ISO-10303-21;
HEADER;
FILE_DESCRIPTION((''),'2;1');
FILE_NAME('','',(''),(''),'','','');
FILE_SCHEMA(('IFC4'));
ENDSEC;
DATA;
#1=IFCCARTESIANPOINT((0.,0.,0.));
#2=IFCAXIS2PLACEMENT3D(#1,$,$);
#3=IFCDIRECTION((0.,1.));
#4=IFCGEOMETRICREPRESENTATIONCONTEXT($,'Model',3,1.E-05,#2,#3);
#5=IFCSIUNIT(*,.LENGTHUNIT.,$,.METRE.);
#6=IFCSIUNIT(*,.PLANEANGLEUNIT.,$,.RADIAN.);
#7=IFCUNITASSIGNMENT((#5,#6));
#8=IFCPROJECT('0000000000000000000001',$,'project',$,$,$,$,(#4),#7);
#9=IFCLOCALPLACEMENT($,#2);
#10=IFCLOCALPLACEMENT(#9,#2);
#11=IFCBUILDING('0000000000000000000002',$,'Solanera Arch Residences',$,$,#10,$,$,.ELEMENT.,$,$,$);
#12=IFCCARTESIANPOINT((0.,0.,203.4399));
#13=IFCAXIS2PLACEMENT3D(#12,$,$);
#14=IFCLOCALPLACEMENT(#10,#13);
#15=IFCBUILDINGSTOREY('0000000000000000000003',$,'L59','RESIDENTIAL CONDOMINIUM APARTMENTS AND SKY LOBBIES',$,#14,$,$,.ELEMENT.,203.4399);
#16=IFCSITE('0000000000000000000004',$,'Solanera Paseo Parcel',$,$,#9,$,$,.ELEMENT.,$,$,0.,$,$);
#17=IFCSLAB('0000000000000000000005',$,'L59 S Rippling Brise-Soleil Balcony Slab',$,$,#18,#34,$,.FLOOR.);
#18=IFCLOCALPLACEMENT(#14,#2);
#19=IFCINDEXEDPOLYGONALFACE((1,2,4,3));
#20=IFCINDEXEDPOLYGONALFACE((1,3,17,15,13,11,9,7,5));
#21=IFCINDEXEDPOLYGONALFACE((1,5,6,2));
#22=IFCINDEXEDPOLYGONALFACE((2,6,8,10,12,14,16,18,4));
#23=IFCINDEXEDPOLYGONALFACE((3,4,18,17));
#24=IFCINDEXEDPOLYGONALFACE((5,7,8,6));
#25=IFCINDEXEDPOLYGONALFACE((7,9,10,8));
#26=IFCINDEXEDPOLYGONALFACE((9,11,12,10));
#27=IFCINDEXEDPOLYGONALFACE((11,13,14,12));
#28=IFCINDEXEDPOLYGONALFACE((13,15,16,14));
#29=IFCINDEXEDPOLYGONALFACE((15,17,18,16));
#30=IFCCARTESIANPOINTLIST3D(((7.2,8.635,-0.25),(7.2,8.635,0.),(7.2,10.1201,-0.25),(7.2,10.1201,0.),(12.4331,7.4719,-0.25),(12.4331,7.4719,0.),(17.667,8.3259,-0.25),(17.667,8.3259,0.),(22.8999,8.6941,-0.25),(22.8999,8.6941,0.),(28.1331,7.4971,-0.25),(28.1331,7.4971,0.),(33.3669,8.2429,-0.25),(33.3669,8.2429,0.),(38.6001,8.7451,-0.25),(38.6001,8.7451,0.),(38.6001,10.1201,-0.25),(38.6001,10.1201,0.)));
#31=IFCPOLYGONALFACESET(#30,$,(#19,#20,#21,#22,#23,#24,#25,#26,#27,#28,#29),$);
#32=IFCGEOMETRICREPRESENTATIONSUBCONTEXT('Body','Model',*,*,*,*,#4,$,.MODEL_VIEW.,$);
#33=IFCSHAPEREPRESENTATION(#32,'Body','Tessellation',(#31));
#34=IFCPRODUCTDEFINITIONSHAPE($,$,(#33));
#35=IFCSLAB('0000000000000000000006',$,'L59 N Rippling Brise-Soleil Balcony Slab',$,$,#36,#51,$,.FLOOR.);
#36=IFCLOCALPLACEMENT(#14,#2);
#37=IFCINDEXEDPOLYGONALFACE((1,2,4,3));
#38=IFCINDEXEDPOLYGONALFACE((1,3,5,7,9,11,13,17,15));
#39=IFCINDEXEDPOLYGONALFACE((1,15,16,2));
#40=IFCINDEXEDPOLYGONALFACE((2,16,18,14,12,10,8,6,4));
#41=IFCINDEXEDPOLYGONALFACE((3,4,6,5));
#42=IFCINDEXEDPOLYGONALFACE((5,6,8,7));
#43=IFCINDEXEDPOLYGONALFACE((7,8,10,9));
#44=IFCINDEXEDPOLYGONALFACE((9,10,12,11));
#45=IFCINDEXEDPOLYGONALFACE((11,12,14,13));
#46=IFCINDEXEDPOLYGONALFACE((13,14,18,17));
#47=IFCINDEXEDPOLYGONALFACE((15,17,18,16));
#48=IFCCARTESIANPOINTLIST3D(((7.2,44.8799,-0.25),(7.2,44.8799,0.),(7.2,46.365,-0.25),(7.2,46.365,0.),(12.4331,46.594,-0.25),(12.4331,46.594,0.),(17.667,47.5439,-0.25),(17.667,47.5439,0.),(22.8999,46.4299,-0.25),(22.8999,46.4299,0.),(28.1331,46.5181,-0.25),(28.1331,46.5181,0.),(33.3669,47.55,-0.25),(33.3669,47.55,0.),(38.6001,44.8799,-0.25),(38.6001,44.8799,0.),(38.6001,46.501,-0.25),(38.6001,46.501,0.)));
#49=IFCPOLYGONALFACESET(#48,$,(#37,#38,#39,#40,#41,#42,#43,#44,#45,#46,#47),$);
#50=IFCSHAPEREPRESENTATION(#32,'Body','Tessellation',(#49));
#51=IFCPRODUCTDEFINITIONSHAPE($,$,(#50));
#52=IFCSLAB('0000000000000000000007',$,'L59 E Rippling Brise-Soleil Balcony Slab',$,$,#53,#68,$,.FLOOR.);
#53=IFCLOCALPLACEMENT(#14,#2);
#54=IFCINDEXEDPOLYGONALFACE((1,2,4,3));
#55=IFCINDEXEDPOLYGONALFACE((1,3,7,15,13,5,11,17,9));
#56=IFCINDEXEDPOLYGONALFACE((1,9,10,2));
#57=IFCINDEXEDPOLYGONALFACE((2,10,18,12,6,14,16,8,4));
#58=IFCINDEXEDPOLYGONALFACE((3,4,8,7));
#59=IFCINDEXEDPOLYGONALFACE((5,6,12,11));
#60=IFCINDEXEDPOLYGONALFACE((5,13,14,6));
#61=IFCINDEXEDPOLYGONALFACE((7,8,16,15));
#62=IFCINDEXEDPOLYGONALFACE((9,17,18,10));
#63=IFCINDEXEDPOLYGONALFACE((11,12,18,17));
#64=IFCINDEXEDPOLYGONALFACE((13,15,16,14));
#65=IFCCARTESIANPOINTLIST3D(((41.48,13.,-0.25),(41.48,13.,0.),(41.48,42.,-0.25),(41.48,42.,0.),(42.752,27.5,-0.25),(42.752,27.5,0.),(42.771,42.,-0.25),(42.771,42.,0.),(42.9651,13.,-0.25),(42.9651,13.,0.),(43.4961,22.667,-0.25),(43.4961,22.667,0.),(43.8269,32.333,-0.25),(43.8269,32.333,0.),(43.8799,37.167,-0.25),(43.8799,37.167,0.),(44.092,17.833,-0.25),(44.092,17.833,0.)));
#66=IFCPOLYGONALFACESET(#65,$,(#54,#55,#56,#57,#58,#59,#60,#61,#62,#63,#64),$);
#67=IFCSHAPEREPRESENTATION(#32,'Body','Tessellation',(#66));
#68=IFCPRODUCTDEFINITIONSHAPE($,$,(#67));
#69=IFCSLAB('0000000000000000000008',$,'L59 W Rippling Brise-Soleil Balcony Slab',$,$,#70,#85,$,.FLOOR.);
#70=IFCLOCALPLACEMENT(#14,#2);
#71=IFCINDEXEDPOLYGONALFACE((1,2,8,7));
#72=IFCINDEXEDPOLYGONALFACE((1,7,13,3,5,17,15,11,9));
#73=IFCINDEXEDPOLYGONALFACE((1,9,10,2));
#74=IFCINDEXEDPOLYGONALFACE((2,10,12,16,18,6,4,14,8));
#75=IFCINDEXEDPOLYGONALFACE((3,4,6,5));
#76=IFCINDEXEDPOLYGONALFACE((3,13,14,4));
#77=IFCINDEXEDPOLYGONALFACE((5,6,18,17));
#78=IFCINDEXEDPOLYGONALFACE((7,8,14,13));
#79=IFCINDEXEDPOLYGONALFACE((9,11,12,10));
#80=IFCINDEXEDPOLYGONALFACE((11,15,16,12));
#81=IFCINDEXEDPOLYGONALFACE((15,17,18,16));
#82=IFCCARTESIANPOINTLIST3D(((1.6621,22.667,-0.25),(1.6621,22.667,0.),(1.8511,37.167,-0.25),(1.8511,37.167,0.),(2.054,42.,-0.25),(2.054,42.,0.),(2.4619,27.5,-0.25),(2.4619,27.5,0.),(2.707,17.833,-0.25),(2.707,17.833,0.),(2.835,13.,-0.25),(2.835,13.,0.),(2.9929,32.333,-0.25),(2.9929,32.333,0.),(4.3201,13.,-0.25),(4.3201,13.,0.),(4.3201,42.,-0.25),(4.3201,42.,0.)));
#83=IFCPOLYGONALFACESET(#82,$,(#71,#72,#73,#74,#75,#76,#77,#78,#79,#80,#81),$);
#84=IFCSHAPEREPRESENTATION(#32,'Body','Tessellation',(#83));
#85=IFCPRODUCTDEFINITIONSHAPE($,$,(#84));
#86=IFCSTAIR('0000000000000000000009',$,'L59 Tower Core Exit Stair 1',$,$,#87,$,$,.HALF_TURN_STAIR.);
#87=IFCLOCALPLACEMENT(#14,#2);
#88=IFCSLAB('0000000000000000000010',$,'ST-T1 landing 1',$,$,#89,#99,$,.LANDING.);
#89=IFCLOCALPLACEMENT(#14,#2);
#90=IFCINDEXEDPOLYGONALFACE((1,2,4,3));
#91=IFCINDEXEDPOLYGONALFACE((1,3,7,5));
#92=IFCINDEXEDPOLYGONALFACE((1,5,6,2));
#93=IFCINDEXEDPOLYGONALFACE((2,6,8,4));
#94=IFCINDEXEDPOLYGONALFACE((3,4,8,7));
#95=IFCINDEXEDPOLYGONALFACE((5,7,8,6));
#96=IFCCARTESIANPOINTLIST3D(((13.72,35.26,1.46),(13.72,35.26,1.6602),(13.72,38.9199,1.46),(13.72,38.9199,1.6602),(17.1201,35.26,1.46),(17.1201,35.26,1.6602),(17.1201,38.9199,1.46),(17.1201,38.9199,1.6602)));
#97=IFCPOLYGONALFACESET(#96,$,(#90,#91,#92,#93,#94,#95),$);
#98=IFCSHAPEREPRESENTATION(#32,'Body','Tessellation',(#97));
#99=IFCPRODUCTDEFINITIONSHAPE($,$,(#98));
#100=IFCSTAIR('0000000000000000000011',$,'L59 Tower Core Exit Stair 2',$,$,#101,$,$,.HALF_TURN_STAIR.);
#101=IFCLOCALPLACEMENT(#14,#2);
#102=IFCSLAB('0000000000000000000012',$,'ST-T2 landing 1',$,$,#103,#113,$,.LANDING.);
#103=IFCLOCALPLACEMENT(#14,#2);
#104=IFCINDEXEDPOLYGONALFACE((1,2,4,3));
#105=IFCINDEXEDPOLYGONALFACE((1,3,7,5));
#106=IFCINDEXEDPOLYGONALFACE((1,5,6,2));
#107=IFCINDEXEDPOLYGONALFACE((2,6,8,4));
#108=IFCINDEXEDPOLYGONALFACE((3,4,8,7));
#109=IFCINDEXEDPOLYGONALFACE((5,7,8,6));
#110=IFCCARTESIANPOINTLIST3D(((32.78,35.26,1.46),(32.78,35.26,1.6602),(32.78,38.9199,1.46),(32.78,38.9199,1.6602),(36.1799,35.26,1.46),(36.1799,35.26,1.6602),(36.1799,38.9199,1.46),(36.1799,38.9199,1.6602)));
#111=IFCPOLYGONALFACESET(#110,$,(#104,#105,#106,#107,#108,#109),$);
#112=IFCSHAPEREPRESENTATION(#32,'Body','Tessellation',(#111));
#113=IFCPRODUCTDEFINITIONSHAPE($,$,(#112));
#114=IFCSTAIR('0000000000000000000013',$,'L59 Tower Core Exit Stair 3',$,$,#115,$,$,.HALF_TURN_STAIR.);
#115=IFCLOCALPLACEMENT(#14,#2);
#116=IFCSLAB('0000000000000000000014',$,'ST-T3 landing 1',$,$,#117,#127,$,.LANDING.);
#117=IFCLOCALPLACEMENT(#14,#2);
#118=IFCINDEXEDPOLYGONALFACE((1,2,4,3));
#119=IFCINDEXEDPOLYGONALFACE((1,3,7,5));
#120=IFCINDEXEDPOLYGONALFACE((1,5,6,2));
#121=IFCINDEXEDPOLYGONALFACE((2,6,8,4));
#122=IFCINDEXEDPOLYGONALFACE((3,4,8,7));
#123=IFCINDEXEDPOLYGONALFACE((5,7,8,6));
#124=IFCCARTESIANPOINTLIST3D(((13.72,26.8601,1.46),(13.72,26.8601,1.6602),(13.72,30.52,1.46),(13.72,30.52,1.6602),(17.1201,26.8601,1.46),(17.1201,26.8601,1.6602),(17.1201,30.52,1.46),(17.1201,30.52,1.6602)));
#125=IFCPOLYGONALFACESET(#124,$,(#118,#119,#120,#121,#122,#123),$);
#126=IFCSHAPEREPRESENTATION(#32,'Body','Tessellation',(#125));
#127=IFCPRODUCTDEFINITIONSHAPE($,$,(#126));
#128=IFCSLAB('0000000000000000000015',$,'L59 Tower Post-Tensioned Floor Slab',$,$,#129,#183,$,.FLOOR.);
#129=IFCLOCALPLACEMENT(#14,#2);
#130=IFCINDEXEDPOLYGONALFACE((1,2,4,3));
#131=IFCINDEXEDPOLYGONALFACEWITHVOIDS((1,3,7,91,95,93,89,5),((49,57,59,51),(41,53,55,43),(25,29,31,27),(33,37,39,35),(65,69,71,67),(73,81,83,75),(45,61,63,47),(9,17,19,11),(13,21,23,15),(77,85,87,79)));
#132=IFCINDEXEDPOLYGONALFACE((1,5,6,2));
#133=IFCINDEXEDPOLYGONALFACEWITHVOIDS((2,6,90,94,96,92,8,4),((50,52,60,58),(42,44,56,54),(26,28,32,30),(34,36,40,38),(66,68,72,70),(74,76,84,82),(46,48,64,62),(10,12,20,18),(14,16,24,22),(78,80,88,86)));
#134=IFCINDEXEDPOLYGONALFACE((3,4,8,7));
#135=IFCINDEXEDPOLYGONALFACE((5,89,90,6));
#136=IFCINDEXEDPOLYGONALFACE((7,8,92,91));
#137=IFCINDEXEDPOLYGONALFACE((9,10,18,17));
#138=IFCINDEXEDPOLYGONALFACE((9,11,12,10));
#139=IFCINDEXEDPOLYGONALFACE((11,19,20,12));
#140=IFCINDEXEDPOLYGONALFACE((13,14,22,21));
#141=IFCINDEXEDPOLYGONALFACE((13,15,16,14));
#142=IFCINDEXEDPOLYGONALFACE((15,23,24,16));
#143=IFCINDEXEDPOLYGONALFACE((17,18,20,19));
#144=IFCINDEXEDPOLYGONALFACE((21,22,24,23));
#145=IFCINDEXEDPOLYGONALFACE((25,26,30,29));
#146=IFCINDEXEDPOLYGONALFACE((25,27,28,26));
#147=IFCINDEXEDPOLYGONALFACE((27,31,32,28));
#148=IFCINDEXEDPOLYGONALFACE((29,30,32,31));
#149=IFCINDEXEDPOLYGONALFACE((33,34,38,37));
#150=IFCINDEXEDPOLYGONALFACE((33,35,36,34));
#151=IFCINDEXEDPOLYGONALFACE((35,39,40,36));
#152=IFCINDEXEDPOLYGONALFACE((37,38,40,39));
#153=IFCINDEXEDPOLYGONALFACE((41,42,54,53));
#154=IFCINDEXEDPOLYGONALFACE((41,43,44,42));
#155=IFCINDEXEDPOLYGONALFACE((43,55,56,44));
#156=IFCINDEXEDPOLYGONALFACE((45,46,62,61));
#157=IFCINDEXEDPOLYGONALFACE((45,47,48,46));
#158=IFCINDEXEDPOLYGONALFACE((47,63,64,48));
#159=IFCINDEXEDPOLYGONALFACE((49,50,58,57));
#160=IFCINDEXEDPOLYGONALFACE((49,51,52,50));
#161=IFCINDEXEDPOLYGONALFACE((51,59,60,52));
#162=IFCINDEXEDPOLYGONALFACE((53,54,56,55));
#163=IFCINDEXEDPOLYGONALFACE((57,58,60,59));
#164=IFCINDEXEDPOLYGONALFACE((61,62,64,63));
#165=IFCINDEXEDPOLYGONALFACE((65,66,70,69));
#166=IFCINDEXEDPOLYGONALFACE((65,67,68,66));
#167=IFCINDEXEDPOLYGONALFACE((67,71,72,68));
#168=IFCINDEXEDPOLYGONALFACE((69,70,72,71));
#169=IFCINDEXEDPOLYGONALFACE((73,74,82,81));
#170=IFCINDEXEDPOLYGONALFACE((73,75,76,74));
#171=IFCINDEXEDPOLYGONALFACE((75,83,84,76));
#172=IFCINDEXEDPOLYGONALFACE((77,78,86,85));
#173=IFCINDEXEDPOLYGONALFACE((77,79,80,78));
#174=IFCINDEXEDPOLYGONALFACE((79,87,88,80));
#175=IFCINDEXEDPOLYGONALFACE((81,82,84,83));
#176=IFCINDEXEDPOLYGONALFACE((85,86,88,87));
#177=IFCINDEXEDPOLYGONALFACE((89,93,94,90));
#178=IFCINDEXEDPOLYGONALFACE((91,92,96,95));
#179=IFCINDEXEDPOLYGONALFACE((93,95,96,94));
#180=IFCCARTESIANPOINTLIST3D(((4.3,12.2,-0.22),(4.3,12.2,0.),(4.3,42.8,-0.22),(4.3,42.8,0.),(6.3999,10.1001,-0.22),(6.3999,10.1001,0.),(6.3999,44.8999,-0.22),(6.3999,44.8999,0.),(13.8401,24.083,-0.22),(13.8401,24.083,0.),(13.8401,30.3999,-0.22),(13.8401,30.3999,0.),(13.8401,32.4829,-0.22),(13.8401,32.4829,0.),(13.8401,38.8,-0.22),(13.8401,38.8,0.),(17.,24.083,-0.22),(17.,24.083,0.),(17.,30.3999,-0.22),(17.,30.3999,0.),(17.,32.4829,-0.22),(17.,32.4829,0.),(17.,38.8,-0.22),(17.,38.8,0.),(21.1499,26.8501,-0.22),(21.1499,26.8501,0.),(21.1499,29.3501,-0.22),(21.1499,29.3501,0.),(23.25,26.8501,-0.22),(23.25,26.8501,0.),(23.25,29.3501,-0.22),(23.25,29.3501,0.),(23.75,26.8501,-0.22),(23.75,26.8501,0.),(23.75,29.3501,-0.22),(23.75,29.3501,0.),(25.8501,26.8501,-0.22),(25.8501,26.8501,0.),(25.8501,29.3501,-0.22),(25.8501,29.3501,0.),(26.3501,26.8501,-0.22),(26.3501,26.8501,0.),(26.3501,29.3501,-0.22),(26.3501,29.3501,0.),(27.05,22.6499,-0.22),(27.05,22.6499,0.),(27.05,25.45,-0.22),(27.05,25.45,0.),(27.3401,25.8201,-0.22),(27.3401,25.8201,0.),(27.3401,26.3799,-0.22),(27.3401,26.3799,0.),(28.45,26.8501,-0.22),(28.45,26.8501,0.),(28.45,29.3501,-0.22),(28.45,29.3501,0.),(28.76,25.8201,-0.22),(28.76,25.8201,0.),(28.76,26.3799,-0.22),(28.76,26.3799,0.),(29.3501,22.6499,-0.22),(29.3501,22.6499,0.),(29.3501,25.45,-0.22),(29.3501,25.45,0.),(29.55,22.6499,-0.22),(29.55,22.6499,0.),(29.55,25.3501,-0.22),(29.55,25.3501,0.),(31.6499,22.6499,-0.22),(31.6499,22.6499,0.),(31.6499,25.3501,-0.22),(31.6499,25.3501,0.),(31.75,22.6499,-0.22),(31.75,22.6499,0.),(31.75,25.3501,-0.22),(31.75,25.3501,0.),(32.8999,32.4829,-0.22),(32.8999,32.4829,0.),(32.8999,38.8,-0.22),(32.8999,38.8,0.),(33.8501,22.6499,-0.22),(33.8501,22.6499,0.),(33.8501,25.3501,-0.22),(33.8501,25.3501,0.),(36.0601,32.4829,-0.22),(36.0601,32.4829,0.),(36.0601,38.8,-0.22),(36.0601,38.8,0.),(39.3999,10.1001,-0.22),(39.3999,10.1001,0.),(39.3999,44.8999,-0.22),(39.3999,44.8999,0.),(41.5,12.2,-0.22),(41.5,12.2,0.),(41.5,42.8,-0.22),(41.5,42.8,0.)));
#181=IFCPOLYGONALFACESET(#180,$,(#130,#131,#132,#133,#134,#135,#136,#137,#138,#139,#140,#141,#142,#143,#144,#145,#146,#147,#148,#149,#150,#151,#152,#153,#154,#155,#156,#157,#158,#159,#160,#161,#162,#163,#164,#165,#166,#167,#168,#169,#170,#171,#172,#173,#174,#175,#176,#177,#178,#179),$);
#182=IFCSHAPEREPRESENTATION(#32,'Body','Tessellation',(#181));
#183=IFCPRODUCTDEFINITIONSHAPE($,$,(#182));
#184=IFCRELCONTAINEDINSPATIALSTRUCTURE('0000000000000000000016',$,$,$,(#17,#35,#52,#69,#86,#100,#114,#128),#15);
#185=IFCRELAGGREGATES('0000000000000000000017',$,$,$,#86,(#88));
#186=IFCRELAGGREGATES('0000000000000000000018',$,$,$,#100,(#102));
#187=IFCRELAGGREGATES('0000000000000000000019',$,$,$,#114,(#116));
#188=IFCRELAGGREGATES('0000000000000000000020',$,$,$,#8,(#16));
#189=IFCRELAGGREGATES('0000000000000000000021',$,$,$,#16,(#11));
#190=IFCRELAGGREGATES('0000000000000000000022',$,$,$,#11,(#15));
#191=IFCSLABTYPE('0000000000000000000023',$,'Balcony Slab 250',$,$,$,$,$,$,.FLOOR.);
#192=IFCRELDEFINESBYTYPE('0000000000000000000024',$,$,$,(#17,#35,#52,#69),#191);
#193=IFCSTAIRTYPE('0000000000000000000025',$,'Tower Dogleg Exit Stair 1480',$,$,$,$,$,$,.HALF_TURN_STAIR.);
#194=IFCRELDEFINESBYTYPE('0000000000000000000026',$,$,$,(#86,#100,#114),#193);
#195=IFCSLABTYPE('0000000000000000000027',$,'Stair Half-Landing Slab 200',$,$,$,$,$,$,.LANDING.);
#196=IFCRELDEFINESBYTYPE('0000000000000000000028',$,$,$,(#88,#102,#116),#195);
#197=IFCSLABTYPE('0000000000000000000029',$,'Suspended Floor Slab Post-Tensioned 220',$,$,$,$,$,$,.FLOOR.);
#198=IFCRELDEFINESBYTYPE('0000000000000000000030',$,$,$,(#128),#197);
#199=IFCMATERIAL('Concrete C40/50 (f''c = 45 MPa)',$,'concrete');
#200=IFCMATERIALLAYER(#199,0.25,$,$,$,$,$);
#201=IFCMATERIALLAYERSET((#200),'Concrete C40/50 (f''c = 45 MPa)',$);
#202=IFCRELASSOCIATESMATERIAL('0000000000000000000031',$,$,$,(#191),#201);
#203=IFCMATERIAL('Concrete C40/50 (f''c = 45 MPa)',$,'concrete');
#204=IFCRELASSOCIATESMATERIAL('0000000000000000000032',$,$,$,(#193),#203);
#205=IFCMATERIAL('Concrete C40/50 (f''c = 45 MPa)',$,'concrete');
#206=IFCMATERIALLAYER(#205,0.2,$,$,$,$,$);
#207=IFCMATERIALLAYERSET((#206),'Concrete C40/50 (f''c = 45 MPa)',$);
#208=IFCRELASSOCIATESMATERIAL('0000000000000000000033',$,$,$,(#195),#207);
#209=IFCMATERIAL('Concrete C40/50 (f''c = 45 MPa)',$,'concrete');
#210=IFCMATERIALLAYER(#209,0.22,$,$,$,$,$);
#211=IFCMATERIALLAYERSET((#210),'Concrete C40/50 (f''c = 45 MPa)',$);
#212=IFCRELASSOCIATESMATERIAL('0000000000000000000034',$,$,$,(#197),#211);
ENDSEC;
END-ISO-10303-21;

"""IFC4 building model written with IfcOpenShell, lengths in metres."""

from ifc_helpers import new_model, si_unit, direction, frame, origin, place, context, subcontext, project, spatial, polyline, outline, extrude, material, layer, layer_set, type_object, element, aggregate, save


model = new_model("IFC4")

# Units and contexts
model_context = context("Model", 3, precision=1e-05, world=origin(), true_north=direction((0.0, 1.0)))
body_context = subcontext(model_context, "Body", "Model", "MODEL_VIEW")
ifc_project = project(units=[si_unit("LENGTHUNIT", "METRE"), si_unit("PLANEANGLEUNIT", "RADIAN")], contexts=[model_context])

# Site, building, storey
site_placement = place(None, origin())
site = spatial("IfcSite", under=ifc_project, at=site_placement, Name="Solanera Paseo Parcel", CompositionType="ELEMENT", RefElevation=0.0)
building_placement = place(site_placement, origin())
building = spatial("IfcBuilding", under=site, at=building_placement, Name="Solanera Arch Residences", CompositionType="ELEMENT")
storey_placement = place(building_placement, frame((0.0, 0.0, 203.4399)))
storey = spatial("IfcBuildingStorey", under=building, at=storey_placement, Name="L59", Description="RESIDENTIAL CONDOMINIUM APARTMENTS AND SKY LOBBIES", CompositionType="ELEMENT", Elevation=203.4399)

# Slabs
ifc_material_1 = material(Name="Concrete C40/50 (f'c = 45 MPa)", Category="concrete")
ifc_layer_1 = layer(ifc_material_1, 0.25)
ifc_layer_set_1 = layer_set([ifc_layer_1], Name="Concrete C40/50 (f'c = 45 MPa)")
slab_type_1 = type_object("IfcSlabType", Name="Balcony Slab 250", PredefinedType="FLOOR", material=ifc_layer_set_1)
slab_1_placement = place(storey_placement, frame((0.0, 0.0, -0.25)))
element("IfcSlab", 1, at=slab_1_placement, inside=storey, type_object=slab_type_1, Name="L59 S Rippling Brise-Soleil Balcony Slab", PredefinedType="FLOOR", context=body_context, shape_type="SweptSolid", body=[
    extrude(outline(polyline([(7.2, 8.635), (12.4331, 7.4719), (17.667, 8.3259), (22.8999, 8.6941), (28.1331, 7.4971), (33.3669, 8.2429), (38.6001, 8.7451), (38.6001, 10.1201), (7.2, 10.1201), (7.2, 8.635)])), origin(), (0.0, 0.0, 1.0), 0.25),
])
slab_2_placement = place(storey_placement, frame((0.0, 0.0, -0.25)))
element("IfcSlab", 2, at=slab_2_placement, inside=storey, type_object=slab_type_1, Name="L59 N Rippling Brise-Soleil Balcony Slab", PredefinedType="FLOOR", context=body_context, shape_type="SweptSolid", body=[
    extrude(outline(polyline([(38.6001, 46.501), (33.3669, 47.55), (28.1331, 46.5181), (22.8999, 46.4299), (17.667, 47.5439), (12.4331, 46.594), (7.2, 46.365), (7.2, 44.8799), (38.6001, 44.8799), (38.6001, 46.501)])), origin(), (0.0, 0.0, 1.0), 0.25),
])
slab_3_placement = place(storey_placement, frame((0.0, 0.0, -0.25)))
element("IfcSlab", 3, at=slab_3_placement, inside=storey, type_object=slab_type_1, Name="L59 E Rippling Brise-Soleil Balcony Slab", PredefinedType="FLOOR", context=body_context, shape_type="SweptSolid", body=[
    extrude(outline(polyline([(42.9651, 13.0), (44.092, 17.833), (43.4961, 22.667), (42.752, 27.5), (43.8269, 32.333), (43.8799, 37.167), (42.771, 42.0), (41.48, 42.0), (41.48, 13.0), (42.9651, 13.0)])), origin(), (0.0, 0.0, 1.0), 0.25),
])
slab_4_placement = place(storey_placement, frame((0.0, 0.0, -0.25)))
element("IfcSlab", 4, at=slab_4_placement, inside=storey, type_object=slab_type_1, Name="L59 W Rippling Brise-Soleil Balcony Slab", PredefinedType="FLOOR", context=body_context, shape_type="SweptSolid", body=[
    extrude(outline(polyline([(2.054, 42.0), (1.8511, 37.167), (2.9929, 32.333), (2.4619, 27.5), (1.6621, 22.667), (2.707, 17.833), (2.835, 13.0), (4.3201, 13.0), (4.3201, 42.0), (2.054, 42.0)])), origin(), (0.0, 0.0, 1.0), 0.25),
])

# Stairs, slabs
ifc_material_2 = material(Name="Concrete C40/50 (f'c = 45 MPa)", Category="concrete")
stair_type = type_object("IfcStairType", Name="Tower Dogleg Exit Stair 1480", PredefinedType="HALF_TURN_STAIR", material=ifc_material_2)
stair_1_placement = place(storey_placement, origin())
stair_1 = element("IfcStair", 5, at=stair_1_placement, inside=storey, type_object=stair_type, Name="L59 Tower Core Exit Stair 1", PredefinedType="HALF_TURN_STAIR")
ifc_material_3 = material(Name="Concrete C40/50 (f'c = 45 MPa)", Category="concrete")
ifc_layer_2 = layer(ifc_material_3, 0.2)
ifc_layer_set_2 = layer_set([ifc_layer_2], Name="Concrete C40/50 (f'c = 45 MPa)")
slab_type_2 = type_object("IfcSlabType", Name="Stair Half-Landing Slab 200", PredefinedType="LANDING", material=ifc_layer_set_2)
slab_5_placement = place(storey_placement, frame((0.0, 0.0, 1.46)))
slab_5 = element("IfcSlab", 6, at=slab_5_placement, type_object=slab_type_2, Name="ST-T1 landing 1", PredefinedType="LANDING", context=body_context, shape_type="SweptSolid", body=[
    extrude(outline(polyline([(17.1201, 35.26), (17.1201, 38.9199), (13.72, 38.9199), (13.72, 35.26), (17.1201, 35.26)])), origin(), (0.0, 0.0, 1.0), 0.2002),
])
aggregate(stair_1, [slab_5])
stair_2_placement = place(storey_placement, origin())
stair_2 = element("IfcStair", 7, at=stair_2_placement, inside=storey, type_object=stair_type, Name="L59 Tower Core Exit Stair 2", PredefinedType="HALF_TURN_STAIR")
slab_6_placement = place(storey_placement, frame((0.0, 0.0, 1.46)))
slab_6 = element("IfcSlab", 8, at=slab_6_placement, type_object=slab_type_2, Name="ST-T2 landing 1", PredefinedType="LANDING", context=body_context, shape_type="SweptSolid", body=[
    extrude(outline(polyline([(36.1799, 35.26), (36.1799, 38.9199), (32.78, 38.9199), (32.78, 35.26), (36.1799, 35.26)])), origin(), (0.0, 0.0, 1.0), 0.2002),
])
aggregate(stair_2, [slab_6])
stair_3_placement = place(storey_placement, origin())
stair_3 = element("IfcStair", 9, at=stair_3_placement, inside=storey, type_object=stair_type, Name="L59 Tower Core Exit Stair 3", PredefinedType="HALF_TURN_STAIR")
slab_7_placement = place(storey_placement, frame((0.0, 0.0, 1.46)))
slab_7 = element("IfcSlab", 10, at=slab_7_placement, type_object=slab_type_2, Name="ST-T3 landing 1", PredefinedType="LANDING", context=body_context, shape_type="SweptSolid", body=[
    extrude(outline(polyline([(17.1201, 26.8601), (17.1201, 30.52), (13.72, 30.52), (13.72, 26.8601), (17.1201, 26.8601)])), origin(), (0.0, 0.0, 1.0), 0.2002),
])
aggregate(stair_3, [slab_7])

# Slab
ifc_material_4 = material(Name="Concrete C40/50 (f'c = 45 MPa)", Category="concrete")
ifc_layer_3 = layer(ifc_material_4, 0.22)
ifc_layer_set_3 = layer_set([ifc_layer_3], Name="Concrete C40/50 (f'c = 45 MPa)")
slab_type_3 = type_object("IfcSlabType", Name="Suspended Floor Slab Post-Tensioned 220", PredefinedType="FLOOR", material=ifc_layer_set_3)
slab_8_placement = place(storey_placement, frame((0.0, 0.0, -0.22)))
element("IfcSlab", 11, at=slab_8_placement, inside=storey, type_object=slab_type_3, Name="L59 Tower Post-Tensioned Floor Slab", PredefinedType="FLOOR", context=body_context, shape_type="SweptSolid", body=[
    extrude(outline(polyline([(6.3999, 10.1001), (39.3999, 10.1001), (41.5, 12.2), (41.5, 42.8), (39.3999, 44.8999), (6.3999, 44.8999), (4.3, 42.8), (4.3, 12.2), (6.3999, 10.1001)]), holes=[polyline([(13.8401, 32.4829), (13.8401, 38.8), (17.0, 38.8), (17.0, 32.4829), (13.8401, 32.4829)]), polyline([(32.8999, 32.4829), (32.8999, 38.8), (36.0601, 38.8), (36.0601, 32.4829), (32.8999, 32.4829)]), polyline([(13.8401, 24.083), (13.8401, 30.3999), (17.0, 30.3999), (17.0, 24.083), (13.8401, 24.083)]), polyline([(21.1499, 29.3501), (23.25, 29.3501), (23.25, 26.8501), (21.1499, 26.8501), (21.1499, 29.3501)]), polyline([(23.75, 29.3501), (25.8501, 29.3501), (25.8501, 26.8501), (23.75, 26.8501), (23.75, 29.3501)]), polyline([(26.3501, 29.3501), (28.45, 29.3501), (28.45, 26.8501), (26.3501, 26.8501), (26.3501, 29.3501)]), polyline([(29.55, 25.3501), (31.6499, 25.3501), (31.6499, 22.6499), (29.55, 22.6499), (29.55, 25.3501)]), polyline([(31.75, 25.3501), (33.8501, 25.3501), (33.8501, 22.6499), (31.75, 22.6499), (31.75, 25.3501)]), polyline([(27.05, 25.45), (29.3501, 25.45), (29.3501, 22.6499), (27.05, 22.6499), (27.05, 25.45)]), polyline([(27.3401, 26.3799), (28.76, 26.3799), (28.76, 25.8201), (27.3401, 25.8201), (27.3401, 26.3799)])]), origin(), (0.0, 0.0, 1.0), 0.22),
])

save(model, "model.ifc")
